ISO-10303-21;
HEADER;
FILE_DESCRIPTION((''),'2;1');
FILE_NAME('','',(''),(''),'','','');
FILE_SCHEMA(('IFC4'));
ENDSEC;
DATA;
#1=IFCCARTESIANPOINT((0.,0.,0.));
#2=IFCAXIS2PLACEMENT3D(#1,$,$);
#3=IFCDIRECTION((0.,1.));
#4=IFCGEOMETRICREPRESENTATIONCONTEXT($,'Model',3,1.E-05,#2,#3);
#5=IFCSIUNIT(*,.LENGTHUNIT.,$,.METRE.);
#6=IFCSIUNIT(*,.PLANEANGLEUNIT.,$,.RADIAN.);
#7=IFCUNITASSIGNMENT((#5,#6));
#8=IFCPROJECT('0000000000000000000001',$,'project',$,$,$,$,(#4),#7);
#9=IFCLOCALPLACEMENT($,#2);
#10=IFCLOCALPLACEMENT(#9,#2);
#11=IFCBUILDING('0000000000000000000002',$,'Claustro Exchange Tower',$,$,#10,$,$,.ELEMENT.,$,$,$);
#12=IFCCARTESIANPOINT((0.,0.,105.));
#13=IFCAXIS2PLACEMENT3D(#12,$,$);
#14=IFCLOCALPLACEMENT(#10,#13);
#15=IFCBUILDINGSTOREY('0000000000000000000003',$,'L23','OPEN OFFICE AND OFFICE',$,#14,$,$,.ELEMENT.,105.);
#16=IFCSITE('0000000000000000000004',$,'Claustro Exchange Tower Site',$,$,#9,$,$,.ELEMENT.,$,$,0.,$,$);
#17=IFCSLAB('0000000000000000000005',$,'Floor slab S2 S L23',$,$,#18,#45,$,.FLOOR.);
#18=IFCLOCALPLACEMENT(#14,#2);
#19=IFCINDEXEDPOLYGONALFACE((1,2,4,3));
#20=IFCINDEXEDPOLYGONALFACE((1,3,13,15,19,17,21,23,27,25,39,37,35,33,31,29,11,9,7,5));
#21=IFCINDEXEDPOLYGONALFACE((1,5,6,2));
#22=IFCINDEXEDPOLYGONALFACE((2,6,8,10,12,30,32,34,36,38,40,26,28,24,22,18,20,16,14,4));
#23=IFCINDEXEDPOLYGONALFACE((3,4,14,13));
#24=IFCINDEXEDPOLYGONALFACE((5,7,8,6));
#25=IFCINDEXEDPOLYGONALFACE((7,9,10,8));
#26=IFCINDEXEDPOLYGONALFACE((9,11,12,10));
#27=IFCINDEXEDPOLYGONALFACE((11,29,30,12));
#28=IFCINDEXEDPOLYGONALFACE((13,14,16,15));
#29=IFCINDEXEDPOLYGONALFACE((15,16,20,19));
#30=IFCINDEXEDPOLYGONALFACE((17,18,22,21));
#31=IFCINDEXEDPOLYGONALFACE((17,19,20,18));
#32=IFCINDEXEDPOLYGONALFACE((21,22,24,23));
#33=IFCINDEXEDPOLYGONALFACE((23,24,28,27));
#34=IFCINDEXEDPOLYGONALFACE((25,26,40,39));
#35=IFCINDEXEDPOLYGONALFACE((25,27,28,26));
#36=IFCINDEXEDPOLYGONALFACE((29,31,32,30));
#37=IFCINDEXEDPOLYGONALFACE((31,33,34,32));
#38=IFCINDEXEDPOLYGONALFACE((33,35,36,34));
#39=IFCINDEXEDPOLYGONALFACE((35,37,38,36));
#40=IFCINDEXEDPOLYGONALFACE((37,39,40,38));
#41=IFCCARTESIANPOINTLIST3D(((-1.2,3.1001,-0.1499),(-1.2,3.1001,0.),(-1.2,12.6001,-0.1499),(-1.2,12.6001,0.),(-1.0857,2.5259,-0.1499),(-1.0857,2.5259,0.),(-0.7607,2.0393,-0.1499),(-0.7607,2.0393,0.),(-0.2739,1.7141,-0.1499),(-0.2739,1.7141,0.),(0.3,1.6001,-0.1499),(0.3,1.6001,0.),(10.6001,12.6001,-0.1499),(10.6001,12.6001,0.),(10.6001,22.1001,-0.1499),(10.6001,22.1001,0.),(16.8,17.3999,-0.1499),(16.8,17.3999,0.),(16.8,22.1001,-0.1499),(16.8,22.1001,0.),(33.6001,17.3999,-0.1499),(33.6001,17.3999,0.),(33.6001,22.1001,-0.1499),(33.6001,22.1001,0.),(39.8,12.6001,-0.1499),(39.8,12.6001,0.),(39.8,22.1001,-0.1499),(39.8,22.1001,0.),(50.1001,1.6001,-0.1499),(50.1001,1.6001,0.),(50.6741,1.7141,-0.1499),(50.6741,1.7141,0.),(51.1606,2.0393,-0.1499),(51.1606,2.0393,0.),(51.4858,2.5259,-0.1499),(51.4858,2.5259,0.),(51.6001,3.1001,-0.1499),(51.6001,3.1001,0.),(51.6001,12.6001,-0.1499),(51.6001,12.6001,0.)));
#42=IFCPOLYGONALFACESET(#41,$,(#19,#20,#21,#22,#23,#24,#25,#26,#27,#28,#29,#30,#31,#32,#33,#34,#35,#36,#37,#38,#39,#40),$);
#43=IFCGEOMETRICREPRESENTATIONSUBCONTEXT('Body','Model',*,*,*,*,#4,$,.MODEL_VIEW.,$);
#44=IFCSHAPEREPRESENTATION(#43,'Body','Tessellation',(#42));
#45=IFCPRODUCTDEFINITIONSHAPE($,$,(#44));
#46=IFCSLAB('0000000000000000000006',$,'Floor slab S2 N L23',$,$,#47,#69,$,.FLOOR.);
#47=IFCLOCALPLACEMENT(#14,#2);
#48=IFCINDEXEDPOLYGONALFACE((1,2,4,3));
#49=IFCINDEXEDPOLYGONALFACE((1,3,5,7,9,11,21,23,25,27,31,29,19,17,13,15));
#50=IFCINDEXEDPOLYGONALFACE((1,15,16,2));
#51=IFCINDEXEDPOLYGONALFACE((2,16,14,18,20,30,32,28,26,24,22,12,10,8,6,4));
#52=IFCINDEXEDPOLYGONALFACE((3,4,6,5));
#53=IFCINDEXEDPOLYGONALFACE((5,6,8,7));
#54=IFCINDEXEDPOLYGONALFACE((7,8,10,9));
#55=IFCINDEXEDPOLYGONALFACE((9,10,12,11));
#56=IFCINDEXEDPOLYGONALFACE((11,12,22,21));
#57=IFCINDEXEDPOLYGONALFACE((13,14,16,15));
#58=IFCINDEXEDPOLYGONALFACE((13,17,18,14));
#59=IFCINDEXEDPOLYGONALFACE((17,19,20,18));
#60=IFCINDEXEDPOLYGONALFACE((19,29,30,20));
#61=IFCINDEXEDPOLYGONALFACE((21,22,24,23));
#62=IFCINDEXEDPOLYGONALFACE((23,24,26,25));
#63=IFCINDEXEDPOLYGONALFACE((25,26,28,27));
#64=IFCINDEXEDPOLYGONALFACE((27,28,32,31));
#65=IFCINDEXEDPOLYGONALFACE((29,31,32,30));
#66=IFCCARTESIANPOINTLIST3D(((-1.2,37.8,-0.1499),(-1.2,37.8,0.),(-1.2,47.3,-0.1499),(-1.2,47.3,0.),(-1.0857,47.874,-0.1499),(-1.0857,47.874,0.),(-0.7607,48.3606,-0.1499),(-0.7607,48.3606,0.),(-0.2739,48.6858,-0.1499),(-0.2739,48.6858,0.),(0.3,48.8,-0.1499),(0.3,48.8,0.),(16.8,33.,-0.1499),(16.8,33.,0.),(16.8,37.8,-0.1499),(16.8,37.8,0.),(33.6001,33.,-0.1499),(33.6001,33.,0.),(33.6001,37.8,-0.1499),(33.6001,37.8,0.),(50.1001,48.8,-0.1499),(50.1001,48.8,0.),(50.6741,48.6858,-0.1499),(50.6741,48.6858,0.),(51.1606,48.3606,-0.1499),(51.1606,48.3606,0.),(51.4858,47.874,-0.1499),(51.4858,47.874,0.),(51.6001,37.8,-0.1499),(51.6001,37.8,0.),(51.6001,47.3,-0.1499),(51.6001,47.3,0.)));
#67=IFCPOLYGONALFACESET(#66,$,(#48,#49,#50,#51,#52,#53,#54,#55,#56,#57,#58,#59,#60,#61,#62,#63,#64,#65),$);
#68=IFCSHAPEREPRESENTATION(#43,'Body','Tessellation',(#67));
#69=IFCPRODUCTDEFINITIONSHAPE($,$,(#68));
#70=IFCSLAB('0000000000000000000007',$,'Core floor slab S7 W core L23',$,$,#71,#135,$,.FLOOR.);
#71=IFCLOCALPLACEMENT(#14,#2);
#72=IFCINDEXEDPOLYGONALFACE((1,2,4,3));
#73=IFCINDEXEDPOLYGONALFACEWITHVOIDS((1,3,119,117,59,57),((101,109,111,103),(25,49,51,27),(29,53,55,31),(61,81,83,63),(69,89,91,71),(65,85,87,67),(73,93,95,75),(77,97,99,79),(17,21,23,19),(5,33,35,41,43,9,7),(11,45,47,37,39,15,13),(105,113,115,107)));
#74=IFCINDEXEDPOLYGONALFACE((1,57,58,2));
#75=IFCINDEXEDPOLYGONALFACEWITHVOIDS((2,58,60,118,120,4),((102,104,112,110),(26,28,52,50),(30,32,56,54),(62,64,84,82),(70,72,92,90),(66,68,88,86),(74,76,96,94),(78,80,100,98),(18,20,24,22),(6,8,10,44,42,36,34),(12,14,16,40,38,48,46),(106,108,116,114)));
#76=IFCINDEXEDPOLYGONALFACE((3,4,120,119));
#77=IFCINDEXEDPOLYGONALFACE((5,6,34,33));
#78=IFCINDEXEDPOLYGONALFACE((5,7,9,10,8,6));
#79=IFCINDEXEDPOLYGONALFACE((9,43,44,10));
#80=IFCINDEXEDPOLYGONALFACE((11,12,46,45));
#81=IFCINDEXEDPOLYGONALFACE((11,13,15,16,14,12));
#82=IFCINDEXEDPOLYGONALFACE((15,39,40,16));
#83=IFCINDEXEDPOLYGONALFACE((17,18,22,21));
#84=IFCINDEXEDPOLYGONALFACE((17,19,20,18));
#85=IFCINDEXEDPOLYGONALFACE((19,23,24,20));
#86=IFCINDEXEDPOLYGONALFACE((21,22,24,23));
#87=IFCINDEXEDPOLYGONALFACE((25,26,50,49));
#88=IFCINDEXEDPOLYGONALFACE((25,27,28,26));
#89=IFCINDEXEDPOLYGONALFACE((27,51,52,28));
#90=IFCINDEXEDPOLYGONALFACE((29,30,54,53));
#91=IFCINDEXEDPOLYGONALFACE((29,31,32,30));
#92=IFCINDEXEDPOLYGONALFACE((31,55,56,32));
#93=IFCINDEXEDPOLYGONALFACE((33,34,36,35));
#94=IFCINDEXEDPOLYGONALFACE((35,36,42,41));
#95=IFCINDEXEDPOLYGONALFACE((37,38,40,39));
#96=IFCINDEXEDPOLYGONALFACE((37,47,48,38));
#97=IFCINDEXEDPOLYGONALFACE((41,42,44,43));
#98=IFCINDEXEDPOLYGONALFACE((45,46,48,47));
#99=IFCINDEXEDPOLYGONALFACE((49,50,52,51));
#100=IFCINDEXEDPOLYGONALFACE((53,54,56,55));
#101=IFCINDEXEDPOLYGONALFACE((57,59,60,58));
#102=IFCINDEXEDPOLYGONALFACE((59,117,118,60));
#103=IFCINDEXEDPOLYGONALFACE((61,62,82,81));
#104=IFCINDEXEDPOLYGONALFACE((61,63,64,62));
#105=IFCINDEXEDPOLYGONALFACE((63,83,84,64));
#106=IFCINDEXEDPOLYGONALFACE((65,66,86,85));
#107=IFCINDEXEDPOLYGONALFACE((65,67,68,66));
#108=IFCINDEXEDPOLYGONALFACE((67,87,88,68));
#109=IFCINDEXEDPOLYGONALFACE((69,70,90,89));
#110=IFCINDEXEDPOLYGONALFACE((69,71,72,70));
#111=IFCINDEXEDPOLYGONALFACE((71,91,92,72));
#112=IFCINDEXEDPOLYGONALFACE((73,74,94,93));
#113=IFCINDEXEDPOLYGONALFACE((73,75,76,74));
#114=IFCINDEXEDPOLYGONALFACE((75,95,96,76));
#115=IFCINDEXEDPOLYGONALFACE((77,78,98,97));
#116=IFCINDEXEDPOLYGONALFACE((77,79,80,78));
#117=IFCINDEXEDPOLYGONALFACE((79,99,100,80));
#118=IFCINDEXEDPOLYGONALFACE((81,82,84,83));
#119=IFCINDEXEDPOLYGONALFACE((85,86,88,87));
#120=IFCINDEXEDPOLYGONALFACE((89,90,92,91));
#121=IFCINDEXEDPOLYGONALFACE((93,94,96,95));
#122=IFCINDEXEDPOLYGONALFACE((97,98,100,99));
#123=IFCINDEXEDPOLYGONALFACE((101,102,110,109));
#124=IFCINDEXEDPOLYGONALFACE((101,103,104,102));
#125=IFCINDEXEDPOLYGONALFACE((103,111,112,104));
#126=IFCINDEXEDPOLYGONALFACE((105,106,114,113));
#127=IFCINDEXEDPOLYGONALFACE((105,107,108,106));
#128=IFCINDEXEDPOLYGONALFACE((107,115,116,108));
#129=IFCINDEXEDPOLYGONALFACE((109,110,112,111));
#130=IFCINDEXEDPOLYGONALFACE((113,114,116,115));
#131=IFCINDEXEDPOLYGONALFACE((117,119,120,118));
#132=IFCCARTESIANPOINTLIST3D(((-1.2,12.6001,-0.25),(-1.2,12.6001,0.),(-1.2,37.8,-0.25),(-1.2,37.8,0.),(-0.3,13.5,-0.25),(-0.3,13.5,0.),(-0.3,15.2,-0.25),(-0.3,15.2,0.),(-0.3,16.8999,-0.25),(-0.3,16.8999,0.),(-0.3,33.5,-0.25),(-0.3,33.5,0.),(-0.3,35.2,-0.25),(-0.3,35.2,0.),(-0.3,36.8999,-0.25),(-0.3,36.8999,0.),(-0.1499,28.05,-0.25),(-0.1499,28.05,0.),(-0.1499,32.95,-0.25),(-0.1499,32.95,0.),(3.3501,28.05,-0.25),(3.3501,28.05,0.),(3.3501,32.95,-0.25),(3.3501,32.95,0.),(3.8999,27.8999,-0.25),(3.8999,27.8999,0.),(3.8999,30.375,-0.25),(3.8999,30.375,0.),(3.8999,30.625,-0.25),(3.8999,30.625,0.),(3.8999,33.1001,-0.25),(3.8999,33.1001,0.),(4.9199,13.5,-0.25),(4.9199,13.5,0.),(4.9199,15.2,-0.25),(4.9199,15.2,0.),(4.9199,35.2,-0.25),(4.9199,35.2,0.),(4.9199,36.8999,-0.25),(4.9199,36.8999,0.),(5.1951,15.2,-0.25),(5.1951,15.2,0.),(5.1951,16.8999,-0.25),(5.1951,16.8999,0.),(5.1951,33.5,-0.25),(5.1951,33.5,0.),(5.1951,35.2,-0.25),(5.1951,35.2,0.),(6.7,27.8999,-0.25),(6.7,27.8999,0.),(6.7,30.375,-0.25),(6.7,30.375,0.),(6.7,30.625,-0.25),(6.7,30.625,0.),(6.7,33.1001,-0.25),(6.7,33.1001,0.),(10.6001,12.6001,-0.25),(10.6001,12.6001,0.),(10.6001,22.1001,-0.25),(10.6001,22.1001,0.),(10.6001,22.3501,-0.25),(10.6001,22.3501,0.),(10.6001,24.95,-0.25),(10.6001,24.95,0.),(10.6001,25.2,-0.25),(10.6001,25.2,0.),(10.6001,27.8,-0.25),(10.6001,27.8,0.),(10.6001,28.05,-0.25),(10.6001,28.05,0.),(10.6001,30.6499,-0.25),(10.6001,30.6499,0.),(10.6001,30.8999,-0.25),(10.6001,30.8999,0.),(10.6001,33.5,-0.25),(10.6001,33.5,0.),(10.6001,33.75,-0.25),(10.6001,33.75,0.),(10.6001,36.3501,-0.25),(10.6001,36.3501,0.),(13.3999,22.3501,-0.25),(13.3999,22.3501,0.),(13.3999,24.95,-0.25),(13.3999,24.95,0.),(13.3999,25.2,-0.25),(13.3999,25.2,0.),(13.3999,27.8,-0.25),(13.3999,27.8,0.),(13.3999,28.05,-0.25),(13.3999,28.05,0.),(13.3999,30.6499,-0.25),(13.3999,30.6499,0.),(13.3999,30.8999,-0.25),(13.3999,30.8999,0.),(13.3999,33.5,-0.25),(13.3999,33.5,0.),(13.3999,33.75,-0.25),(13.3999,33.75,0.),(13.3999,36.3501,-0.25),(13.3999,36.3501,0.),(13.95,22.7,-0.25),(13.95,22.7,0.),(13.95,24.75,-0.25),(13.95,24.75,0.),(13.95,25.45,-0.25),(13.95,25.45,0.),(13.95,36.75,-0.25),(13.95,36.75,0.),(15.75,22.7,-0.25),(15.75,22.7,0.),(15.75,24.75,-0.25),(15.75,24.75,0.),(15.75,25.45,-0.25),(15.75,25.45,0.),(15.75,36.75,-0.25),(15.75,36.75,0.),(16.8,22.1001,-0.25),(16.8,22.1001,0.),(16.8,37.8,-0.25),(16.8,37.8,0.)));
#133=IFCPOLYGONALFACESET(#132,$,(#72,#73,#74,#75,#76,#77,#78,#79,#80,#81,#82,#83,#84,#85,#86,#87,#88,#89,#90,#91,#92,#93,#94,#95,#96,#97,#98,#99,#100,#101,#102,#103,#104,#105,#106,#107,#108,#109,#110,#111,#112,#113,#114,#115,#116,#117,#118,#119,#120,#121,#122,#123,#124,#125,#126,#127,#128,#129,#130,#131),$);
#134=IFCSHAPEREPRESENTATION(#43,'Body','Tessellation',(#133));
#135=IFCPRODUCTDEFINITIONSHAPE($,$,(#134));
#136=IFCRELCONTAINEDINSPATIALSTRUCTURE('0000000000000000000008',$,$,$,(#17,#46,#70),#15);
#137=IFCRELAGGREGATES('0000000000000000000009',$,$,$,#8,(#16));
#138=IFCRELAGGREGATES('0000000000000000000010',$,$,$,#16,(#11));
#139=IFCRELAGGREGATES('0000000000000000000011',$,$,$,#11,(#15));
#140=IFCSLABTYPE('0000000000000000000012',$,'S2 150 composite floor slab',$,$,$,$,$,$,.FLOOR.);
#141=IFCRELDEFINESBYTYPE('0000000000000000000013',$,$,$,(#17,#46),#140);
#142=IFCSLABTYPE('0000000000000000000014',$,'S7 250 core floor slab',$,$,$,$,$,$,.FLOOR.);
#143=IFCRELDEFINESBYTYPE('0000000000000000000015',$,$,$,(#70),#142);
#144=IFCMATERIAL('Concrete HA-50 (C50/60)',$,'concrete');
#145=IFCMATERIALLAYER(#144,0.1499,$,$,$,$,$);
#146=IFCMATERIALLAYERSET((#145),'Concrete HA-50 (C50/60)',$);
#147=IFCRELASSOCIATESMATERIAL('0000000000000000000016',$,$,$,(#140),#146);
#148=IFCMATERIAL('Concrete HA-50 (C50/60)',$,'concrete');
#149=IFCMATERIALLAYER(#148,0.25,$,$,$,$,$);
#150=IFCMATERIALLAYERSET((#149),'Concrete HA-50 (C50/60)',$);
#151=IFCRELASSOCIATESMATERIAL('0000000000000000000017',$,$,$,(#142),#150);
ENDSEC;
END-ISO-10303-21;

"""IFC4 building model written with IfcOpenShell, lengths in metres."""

from ifc_helpers import new_model, si_unit, direction, frame, origin, place, context, subcontext, project, spatial, polyline, outline, extrude, material, layer, layer_set, type_object, element, save


model = new_model("IFC4")

# Units and contexts
model_context = context("Model", 3, precision=1e-05, world=origin(), true_north=direction((0.0, 1.0)))
body_context = subcontext(model_context, "Body", "Model", "MODEL_VIEW")
ifc_project = project(units=[si_unit("LENGTHUNIT", "METRE"), si_unit("PLANEANGLEUNIT", "RADIAN")], contexts=[model_context])

# Site, building, storey
site_placement = place(None, origin())
site = spatial("IfcSite", under=ifc_project, at=site_placement, Name="Claustro Exchange Tower Site", CompositionType="ELEMENT", RefElevation=0.0)
building_placement = place(site_placement, origin())
building = spatial("IfcBuilding", under=site, at=building_placement, Name="Claustro Exchange Tower", CompositionType="ELEMENT")
storey_placement = place(building_placement, frame((0.0, 0.0, 105.0)))
storey = spatial("IfcBuildingStorey", under=building, at=storey_placement, Name="L23", Description="OPEN OFFICE AND OFFICE", CompositionType="ELEMENT", Elevation=105.0)

# Slabs
ifc_material_1 = material(Name="Concrete HA-50 (C50/60)", Category="concrete")
ifc_layer_1 = layer(ifc_material_1, 0.1499)
ifc_layer_set_1 = layer_set([ifc_layer_1], Name="Concrete HA-50 (C50/60)")
slab_type_1 = type_object("IfcSlabType", Name="S2 150 composite floor slab", PredefinedType="FLOOR", material=ifc_layer_set_1)
slab_1_placement = place(storey_placement, frame((0.0, 0.0, -0.1499)))
element("IfcSlab", 1, at=slab_1_placement, inside=storey, type_object=slab_type_1, Name="Floor slab S2 S L23", PredefinedType="FLOOR", context=body_context, shape_type="SweptSolid", body=[
    extrude(outline(polyline([(-0.2739, 1.7141), (0.3, 1.6001), (50.1001, 1.6001), (50.6741, 1.7141), (51.1606, 2.0393), (51.4858, 2.5259), (51.6001, 3.1001), (51.6001, 12.6001), (39.8, 12.6001), (39.8, 22.1001), (33.6001, 22.1001), (33.6001, 17.3999), (16.8, 17.3999), (16.8, 22.1001), (10.6001, 22.1001), (10.6001, 12.6001), (-1.2, 12.6001), (-1.2, 3.1001), (-1.0857, 2.5259), (-0.7607, 2.0393), (-0.2739, 1.7141)])), origin(), (0.0, 0.0, 1.0), 0.1499),
])
slab_2_placement = place(storey_placement, frame((0.0, 0.0, -0.1499)))
element("IfcSlab", 2, at=slab_2_placement, inside=storey, type_object=slab_type_1, Name="Floor slab S2 N L23", PredefinedType="FLOOR", context=body_context, shape_type="SweptSolid", body=[
    extrude(outline(polyline([(16.8, 37.8), (16.8, 33.0), (33.6001, 33.0), (33.6001, 37.8), (51.6001, 37.8), (51.6001, 47.3), (51.4858, 47.874), (51.1606, 48.3606), (50.6741, 48.6858), (50.1001, 48.8), (0.3, 48.8), (-0.2739, 48.6858), (-0.7607, 48.3606), (-1.0857, 47.874), (-1.2, 47.3), (-1.2, 37.8), (16.8, 37.8)])), origin(), (0.0, 0.0, 1.0), 0.1499),
])
ifc_material_2 = material(Name="Concrete HA-50 (C50/60)", Category="concrete")
ifc_layer_2 = layer(ifc_material_2, 0.25)
ifc_layer_set_2 = layer_set([ifc_layer_2], Name="Concrete HA-50 (C50/60)")
slab_type_2 = type_object("IfcSlabType", Name="S7 250 core floor slab", PredefinedType="FLOOR", material=ifc_layer_set_2)
slab_3_placement = place(storey_placement, frame((0.0, 0.0, -0.25)))
element("IfcSlab", 3, at=slab_3_placement, inside=storey, type_object=slab_type_2, Name="Core floor slab S7 W core L23", PredefinedType="FLOOR", context=body_context, shape_type="SweptSolid", body=[
    extrude(outline(polyline([(-1.2, 37.8), (-1.2, 12.6001), (10.6001, 12.6001), (10.6001, 22.1001), (16.8, 22.1001), (16.8, 37.8), (-1.2, 37.8)]), holes=[polyline([(13.95, 24.75), (15.75, 24.75), (15.75, 22.7), (13.95, 22.7), (13.95, 24.75)]), polyline([(13.95, 36.75), (15.75, 36.75), (15.75, 25.45), (13.95, 25.45), (13.95, 36.75)]), polyline([(13.3999, 24.95), (13.3999, 22.3501), (10.6001, 22.3501), (10.6001, 24.95), (13.3999, 24.95)]), polyline([(13.3999, 27.8), (13.3999, 25.2), (10.6001, 25.2), (10.6001, 27.8), (13.3999, 27.8)]), polyline([(13.3999, 30.6499), (13.3999, 28.05), (10.6001, 28.05), (10.6001, 30.6499), (13.3999, 30.6499)]), polyline([(13.3999, 33.5), (13.3999, 30.8999), (10.6001, 30.8999), (10.6001, 33.5), (13.3999, 33.5)]), polyline([(13.3999, 36.3501), (13.3999, 33.75), (10.6001, 33.75), (10.6001, 36.3501), (13.3999, 36.3501)]), polyline([(6.7, 30.375), (6.7, 27.8999), (3.8999, 27.8999), (3.8999, 30.375), (6.7, 30.375)]), polyline([(6.7, 33.1001), (6.7, 30.625), (3.8999, 30.625), (3.8999, 33.1001), (6.7, 33.1001)]), polyline([(-0.3, 15.2), (-0.3, 16.8999), (5.1951, 16.8999), (5.1951, 15.2), (4.9199, 15.2), (4.9199, 13.5), (-0.3, 13.5), (-0.3, 15.2)]), polyline([(-0.3, 35.2), (-0.3, 36.8999), (4.9199, 36.8999), (4.9199, 35.2), (5.1951, 35.2), (5.1951, 33.5), (-0.3, 33.5), (-0.3, 35.2)]), polyline([(-0.1499, 32.95), (3.3501, 32.95), (3.3501, 28.05), (-0.1499, 28.05), (-0.1499, 32.95)])]), origin(), (0.0, 0.0, 1.0), 0.25),
])

save(model, "model.ifc")
